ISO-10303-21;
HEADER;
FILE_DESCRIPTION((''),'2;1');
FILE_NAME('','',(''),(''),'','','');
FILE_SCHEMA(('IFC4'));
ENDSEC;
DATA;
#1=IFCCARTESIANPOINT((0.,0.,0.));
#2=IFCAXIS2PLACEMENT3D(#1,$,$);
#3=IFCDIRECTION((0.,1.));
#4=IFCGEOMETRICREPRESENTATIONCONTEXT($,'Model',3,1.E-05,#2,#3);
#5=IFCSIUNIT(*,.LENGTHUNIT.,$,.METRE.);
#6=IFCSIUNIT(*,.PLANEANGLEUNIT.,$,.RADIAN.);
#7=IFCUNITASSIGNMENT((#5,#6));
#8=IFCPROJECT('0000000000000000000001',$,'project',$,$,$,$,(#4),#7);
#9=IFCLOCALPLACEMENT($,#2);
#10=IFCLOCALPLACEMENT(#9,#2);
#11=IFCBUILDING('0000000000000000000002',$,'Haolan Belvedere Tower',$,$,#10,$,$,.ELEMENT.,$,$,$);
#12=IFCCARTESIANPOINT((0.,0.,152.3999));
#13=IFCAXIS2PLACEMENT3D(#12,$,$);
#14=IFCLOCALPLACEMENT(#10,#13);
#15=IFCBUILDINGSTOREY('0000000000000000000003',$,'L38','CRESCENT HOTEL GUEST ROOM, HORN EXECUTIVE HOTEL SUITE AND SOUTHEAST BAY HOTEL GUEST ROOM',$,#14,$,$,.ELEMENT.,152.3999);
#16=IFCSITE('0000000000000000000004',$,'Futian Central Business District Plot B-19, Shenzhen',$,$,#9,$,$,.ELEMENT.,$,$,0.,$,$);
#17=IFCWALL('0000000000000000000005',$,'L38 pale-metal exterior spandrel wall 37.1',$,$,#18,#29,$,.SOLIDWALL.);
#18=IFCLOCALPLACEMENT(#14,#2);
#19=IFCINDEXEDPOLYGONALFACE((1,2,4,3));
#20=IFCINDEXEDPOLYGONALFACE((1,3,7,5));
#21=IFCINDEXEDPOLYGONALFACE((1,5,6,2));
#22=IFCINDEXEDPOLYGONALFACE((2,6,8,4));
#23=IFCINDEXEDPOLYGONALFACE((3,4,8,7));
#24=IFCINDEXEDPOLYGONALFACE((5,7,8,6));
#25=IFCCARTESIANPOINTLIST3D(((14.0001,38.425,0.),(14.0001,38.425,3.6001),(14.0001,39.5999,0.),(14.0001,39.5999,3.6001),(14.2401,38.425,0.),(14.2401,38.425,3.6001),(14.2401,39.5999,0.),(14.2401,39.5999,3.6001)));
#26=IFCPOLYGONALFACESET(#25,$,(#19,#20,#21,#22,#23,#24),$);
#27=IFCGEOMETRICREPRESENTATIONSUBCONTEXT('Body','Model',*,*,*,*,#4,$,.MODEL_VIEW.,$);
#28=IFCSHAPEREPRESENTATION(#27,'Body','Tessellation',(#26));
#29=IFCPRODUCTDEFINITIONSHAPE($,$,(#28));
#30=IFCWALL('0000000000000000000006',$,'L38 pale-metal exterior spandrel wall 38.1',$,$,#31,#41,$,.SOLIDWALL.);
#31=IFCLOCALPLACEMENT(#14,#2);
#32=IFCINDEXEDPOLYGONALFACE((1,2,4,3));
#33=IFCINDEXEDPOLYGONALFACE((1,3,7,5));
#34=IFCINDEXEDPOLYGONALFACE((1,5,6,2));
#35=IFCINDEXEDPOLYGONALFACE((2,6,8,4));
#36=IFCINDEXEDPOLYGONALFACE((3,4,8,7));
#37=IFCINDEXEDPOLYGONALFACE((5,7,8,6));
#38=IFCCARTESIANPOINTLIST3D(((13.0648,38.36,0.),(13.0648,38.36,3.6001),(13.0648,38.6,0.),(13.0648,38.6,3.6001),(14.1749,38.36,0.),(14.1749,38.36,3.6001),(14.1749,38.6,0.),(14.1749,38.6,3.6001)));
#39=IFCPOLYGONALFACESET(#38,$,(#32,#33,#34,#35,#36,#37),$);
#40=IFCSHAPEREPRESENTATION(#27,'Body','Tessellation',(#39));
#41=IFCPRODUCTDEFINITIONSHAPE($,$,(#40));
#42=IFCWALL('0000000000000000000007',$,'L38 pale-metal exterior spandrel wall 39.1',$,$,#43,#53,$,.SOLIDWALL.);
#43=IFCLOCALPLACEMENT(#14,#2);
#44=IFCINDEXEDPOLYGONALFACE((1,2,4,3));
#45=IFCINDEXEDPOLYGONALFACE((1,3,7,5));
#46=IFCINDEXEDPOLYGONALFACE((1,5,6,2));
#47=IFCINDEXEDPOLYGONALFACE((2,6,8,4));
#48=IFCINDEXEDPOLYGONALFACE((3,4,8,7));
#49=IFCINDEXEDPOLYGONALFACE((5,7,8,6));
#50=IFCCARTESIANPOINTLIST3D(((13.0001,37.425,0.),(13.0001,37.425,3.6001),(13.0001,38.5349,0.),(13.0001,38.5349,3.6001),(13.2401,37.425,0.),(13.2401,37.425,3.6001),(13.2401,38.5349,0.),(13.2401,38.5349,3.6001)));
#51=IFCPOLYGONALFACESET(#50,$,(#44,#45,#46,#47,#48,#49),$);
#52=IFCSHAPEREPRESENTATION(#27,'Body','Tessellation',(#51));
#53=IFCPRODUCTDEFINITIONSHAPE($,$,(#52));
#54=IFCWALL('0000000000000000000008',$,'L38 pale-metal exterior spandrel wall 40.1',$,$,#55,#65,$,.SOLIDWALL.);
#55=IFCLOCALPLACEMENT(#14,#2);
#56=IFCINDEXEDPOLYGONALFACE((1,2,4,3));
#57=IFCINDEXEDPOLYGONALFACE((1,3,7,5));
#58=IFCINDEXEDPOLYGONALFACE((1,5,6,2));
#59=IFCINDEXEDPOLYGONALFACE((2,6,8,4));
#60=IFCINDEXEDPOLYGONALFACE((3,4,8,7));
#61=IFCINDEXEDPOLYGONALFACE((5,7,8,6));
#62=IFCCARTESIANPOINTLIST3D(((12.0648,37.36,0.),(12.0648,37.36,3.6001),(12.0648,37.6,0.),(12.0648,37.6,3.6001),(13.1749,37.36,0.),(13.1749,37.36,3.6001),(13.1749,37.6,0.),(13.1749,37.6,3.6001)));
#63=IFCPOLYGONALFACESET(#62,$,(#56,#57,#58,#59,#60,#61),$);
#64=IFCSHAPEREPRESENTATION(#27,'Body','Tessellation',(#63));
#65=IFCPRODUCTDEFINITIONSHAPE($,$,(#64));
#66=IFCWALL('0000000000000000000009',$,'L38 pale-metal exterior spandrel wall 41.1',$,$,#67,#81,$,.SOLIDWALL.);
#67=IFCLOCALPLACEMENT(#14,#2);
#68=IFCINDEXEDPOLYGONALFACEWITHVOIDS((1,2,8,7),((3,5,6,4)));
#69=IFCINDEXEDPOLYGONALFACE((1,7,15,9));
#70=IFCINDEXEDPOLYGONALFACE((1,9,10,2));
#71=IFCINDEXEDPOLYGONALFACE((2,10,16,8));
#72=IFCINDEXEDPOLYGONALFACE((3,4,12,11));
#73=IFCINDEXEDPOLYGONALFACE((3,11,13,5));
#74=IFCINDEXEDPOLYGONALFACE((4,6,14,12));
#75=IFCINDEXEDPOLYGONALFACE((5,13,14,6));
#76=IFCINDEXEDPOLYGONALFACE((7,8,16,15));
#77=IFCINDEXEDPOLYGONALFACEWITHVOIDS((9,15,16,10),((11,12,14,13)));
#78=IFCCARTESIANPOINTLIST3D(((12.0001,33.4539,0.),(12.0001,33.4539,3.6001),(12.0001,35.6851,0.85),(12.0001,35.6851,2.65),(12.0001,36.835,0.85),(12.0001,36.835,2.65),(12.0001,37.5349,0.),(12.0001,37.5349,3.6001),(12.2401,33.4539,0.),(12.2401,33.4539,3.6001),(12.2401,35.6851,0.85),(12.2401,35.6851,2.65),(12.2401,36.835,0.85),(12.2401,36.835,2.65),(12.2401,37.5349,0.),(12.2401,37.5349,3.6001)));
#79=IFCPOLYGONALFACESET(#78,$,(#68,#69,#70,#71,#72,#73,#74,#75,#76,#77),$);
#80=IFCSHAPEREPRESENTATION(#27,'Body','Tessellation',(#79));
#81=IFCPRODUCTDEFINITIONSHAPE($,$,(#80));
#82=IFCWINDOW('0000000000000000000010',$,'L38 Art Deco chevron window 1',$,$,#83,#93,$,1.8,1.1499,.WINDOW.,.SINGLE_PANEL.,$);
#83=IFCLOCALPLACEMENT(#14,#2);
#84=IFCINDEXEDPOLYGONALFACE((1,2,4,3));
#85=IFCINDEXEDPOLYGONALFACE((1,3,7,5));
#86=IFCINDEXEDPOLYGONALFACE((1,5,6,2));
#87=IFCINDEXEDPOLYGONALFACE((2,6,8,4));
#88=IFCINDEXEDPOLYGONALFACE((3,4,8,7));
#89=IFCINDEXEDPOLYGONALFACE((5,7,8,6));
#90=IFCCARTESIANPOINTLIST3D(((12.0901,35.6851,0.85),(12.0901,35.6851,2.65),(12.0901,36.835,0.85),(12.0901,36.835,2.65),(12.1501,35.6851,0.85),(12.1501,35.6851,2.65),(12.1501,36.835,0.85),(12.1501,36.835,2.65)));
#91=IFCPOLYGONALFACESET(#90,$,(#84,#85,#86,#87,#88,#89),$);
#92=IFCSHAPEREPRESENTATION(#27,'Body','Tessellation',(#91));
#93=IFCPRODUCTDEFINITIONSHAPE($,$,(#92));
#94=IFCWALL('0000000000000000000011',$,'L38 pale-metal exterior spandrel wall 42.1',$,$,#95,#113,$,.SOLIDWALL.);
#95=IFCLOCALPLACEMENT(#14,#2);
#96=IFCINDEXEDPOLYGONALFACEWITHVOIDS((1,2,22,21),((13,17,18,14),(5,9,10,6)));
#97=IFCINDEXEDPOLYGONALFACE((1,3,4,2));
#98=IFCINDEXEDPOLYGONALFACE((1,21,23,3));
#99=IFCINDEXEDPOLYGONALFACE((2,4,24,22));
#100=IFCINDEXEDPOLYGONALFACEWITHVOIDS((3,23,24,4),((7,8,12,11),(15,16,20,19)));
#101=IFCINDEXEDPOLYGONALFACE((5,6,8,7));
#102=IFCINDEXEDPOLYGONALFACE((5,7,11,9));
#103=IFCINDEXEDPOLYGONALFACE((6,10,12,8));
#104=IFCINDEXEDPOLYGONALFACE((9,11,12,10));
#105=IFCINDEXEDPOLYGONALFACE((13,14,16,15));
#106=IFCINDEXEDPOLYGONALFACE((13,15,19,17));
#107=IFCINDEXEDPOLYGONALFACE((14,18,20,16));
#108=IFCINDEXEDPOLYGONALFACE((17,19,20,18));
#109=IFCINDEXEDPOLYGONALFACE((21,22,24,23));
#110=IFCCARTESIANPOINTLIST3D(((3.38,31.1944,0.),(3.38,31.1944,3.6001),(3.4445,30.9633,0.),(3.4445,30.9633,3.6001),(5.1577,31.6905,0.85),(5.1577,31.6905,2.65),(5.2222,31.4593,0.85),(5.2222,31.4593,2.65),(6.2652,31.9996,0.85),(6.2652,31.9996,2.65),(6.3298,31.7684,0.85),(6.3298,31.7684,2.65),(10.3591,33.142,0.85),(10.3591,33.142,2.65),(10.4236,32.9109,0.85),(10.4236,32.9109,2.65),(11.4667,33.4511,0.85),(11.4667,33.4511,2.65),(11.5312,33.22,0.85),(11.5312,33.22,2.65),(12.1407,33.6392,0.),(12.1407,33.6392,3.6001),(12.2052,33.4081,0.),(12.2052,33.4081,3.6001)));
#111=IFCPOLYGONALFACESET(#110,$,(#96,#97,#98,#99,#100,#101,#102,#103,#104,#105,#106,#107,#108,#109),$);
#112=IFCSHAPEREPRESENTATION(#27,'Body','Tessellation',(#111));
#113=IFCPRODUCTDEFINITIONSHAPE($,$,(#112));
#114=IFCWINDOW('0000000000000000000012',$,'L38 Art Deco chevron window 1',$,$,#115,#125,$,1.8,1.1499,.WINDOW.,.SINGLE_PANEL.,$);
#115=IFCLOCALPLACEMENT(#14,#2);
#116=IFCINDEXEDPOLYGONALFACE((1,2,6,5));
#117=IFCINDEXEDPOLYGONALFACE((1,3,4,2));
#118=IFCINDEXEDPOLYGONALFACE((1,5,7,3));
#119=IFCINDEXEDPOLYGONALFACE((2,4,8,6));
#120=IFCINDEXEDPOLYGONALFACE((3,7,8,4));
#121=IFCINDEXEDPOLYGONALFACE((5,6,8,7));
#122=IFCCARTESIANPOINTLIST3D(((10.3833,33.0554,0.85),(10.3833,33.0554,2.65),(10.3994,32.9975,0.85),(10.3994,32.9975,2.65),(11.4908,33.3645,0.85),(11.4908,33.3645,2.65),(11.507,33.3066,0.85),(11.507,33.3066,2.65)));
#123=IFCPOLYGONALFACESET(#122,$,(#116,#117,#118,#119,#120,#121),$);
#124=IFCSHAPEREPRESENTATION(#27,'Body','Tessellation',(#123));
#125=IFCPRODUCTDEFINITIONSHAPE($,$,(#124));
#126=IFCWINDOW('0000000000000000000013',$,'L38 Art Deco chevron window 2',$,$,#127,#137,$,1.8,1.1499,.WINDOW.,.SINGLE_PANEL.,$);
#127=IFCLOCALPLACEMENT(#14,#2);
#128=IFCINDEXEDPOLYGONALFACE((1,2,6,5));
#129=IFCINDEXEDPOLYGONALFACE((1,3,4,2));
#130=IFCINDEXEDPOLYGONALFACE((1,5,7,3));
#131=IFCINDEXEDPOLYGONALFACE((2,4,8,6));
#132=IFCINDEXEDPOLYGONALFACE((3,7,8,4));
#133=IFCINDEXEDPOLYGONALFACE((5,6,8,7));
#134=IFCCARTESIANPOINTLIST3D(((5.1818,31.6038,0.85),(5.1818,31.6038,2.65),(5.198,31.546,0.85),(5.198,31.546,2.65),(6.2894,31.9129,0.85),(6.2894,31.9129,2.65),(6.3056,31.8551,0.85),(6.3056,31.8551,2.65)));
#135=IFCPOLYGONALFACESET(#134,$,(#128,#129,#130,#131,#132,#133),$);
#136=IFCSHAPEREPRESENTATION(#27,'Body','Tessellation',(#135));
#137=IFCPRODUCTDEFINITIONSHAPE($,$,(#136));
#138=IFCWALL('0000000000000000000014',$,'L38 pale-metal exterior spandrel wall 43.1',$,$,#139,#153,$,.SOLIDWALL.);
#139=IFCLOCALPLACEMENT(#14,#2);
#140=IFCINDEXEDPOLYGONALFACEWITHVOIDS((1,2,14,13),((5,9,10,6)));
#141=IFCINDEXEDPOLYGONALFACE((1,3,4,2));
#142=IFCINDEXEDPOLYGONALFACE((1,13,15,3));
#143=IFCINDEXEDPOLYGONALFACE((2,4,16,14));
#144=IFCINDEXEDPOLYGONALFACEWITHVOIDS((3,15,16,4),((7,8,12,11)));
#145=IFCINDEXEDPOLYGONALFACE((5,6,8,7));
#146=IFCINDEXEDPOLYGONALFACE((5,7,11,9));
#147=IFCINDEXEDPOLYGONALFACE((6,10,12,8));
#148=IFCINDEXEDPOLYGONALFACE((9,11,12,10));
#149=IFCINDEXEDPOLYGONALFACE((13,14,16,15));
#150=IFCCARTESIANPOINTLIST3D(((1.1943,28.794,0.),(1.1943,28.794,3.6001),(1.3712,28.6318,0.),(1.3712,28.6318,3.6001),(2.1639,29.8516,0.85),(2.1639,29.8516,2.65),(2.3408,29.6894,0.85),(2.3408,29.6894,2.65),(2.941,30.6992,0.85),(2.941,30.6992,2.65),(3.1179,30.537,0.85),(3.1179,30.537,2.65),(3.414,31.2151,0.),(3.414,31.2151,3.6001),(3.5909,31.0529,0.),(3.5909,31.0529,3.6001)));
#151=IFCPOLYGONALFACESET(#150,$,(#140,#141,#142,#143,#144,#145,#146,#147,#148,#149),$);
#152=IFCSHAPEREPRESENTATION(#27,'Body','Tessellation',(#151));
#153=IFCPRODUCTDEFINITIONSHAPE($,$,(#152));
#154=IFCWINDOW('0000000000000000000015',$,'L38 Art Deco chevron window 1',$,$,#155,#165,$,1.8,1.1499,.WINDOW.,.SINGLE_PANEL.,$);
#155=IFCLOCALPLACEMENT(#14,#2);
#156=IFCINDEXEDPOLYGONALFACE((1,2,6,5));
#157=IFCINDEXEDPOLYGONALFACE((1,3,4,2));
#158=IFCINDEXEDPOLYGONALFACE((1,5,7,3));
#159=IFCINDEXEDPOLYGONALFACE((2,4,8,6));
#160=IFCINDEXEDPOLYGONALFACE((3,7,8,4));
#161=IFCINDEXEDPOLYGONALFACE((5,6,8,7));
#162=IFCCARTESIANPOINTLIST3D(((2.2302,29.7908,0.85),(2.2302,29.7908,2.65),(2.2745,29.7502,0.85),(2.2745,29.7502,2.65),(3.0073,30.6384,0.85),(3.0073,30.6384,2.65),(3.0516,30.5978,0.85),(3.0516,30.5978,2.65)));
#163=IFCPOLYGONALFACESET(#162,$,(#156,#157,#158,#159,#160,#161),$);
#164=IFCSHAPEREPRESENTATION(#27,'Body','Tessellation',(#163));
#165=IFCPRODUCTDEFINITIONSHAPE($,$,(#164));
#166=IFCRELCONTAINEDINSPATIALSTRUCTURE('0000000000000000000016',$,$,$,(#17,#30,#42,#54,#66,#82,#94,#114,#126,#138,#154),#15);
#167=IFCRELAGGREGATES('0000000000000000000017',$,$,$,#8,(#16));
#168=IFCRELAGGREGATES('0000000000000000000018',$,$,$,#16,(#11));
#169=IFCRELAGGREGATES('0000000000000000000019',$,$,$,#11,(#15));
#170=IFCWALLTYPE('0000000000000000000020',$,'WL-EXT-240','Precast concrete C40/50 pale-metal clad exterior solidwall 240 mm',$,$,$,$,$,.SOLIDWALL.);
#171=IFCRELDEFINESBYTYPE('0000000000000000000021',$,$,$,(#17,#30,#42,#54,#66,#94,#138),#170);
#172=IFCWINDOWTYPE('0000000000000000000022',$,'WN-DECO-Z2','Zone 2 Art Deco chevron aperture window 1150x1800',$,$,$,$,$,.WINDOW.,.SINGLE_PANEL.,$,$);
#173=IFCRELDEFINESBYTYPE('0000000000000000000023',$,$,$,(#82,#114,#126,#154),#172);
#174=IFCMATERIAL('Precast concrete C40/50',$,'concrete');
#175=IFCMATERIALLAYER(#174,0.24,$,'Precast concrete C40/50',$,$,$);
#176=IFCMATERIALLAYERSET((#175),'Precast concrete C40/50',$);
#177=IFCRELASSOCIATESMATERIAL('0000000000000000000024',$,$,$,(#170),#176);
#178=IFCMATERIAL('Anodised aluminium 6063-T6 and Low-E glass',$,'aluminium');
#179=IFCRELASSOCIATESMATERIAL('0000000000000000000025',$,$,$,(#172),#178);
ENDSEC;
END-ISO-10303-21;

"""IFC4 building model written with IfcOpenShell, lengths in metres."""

from ifc_helpers import new_model, si_unit, direction, frame, frame_2d, origin, place, context, subcontext, project, spatial, rectangle, extrude, material, layer, layer_set, type_object, element, fill, save


model = new_model("IFC4")

# Units and contexts
model_context = context("Model", 3, precision=1e-05, world=origin(), true_north=direction((0.0, 1.0)))
body_context = subcontext(model_context, "Body", "Model", "MODEL_VIEW")
ifc_project = project(units=[si_unit("LENGTHUNIT", "METRE"), si_unit("PLANEANGLEUNIT", "RADIAN")], contexts=[model_context])

# Site, building, storey
site_placement = place(None, origin())
site = spatial("IfcSite", under=ifc_project, at=site_placement, Name="Futian Central Business District Plot B-19, Shenzhen", CompositionType="ELEMENT", RefElevation=0.0)
building_placement = place(site_placement, origin())
building = spatial("IfcBuilding", under=site, at=building_placement, Name="Haolan Belvedere Tower", CompositionType="ELEMENT")
storey_placement = place(building_placement, frame((0.0, 0.0, 152.3999)))
storey = spatial("IfcBuildingStorey", under=building, at=storey_placement, Name="L38", Description="CRESCENT HOTEL GUEST ROOM, HORN EXECUTIVE HOTEL SUITE AND SOUTHEAST BAY HOTEL GUEST ROOM", CompositionType="ELEMENT", Elevation=152.3999)

# Walls
ifc_material_1 = material(Name="Precast concrete C40/50", Category="concrete")
ifc_layer_1 = layer(ifc_material_1, 0.24, Name="Precast concrete C40/50")
ifc_layer_set_1 = layer_set([ifc_layer_1], Name="Precast concrete C40/50")
wall_type_1 = type_object("IfcWallType", Name="WL-EXT-240", Description="Precast concrete C40/50 pale-metal clad exterior solidwall 240 mm", PredefinedType="SOLIDWALL", material=ifc_layer_set_1)
wall_1_placement = place(storey_placement, frame((14.1201, 39.5999, 0.0), z_axis=(0.0, 0.0, 1.0), x_axis=(0.0, -1.0, 0.0)))
element("IfcWall", 1, at=wall_1_placement, inside=storey, type_object=wall_type_1, Name="L38 pale-metal exterior spandrel wall 37.1", PredefinedType="SOLIDWALL", context=body_context, shape_type="SweptSolid", body=[
    extrude(rectangle(XDim=1.1748, YDim=0.24, at=frame_2d((0.5874, 0.0))), origin(), (0.0, 0.0, 1.0), 3.6001),
])
wall_2_placement = place(storey_placement, frame((14.175, 38.48, 0.0), z_axis=(0.0, 0.0, 1.0), x_axis=(-1.0, 0.0, 0.0)))
element("IfcWall", 2, at=wall_2_placement, inside=storey, type_object=wall_type_1, Name="L38 pale-metal exterior spandrel wall 38.1", PredefinedType="SOLIDWALL", context=body_context, shape_type="SweptSolid", body=[
    extrude(rectangle(XDim=1.1101, YDim=0.24, at=frame_2d((0.5552, 0.0))), origin(), (0.0, 0.0, 1.0), 3.6001),
])
wall_3_placement = place(storey_placement, frame((13.1201, 38.5349, 0.0), z_axis=(0.0, 0.0, 1.0), x_axis=(0.0, -1.0, 0.0)))
element("IfcWall", 3, at=wall_3_placement, inside=storey, type_object=wall_type_1, Name="L38 pale-metal exterior spandrel wall 39.1", PredefinedType="SOLIDWALL", context=body_context, shape_type="SweptSolid", body=[
    extrude(rectangle(XDim=1.1099, YDim=0.24, at=frame_2d((0.5549, 0.0))), origin(), (0.0, 0.0, 1.0), 3.6001),
])
wall_4_placement = place(storey_placement, frame((13.175, 37.48, 0.0), z_axis=(0.0, 0.0, 1.0), x_axis=(-1.0, 0.0, 0.0)))
element("IfcWall", 4, at=wall_4_placement, inside=storey, type_object=wall_type_1, Name="L38 pale-metal exterior spandrel wall 40.1", PredefinedType="SOLIDWALL", context=body_context, shape_type="SweptSolid", body=[
    extrude(rectangle(XDim=1.1101, YDim=0.24, at=frame_2d((0.5552, 0.0))), origin(), (0.0, 0.0, 1.0), 3.6001),
])

# Wall, opening, window
wall_5_placement = place(storey_placement, frame((12.1201, 37.5349, 0.0), z_axis=(0.0, 0.0, 1.0), x_axis=(0.0, -1.0, 0.0)))
wall_5 = element("IfcWall", 5, at=wall_5_placement, inside=storey, type_object=wall_type_1, Name="L38 pale-metal exterior spandrel wall 41.1", PredefinedType="SOLIDWALL", context=body_context, shape_type="SweptSolid", body=[
    extrude(rectangle(XDim=4.0811, YDim=0.24, at=frame_2d((2.0405, 0.0))), origin(), (0.0, 0.0, 1.0), 3.6001),
])
opening_1_placement = place(wall_5_placement, frame((0.7, 0.0, 0.8501)))
opening_1 = element("IfcOpeningElement", 6, at=opening_1_placement, cuts=wall_5, PredefinedType="OPENING", context=body_context, shape_type="SweptSolid", body=[
    extrude(rectangle(XDim=1.1499, YDim=1.8, at=frame_2d((0.575, 0.8999))), frame((0.0, 0.1299, 0.0), z_axis=(0.0, -1.0, 0.0), x_axis=(1.0, 0.0, 0.0)), (0.0, 0.0, 1.0), 0.26),
])
ifc_material_2 = material(Name="Anodised aluminium 6063-T6 and Low-E glass", Category="aluminium")
window_type = type_object("IfcWindowType", Name="WN-DECO-Z2", Description="Zone 2 Art Deco chevron aperture window 1150x1800", PartitioningType="SINGLE_PANEL", PredefinedType="WINDOW", material=ifc_material_2)
window_1_placement = place(opening_1_placement, origin())
window_1 = element("IfcWindow", 7, at=window_1_placement, inside=storey, type_object=window_type, Name="L38 Art Deco chevron window 1", OverallHeight=1.8, OverallWidth=1.1499, PartitioningType="SINGLE_PANEL", PredefinedType="WINDOW", context=body_context, shape_type="SweptSolid", body=[
    extrude(rectangle(XDim=1.1499, YDim=1.8, at=frame_2d((0.575, 0.8999))), frame((0.0, 0.03, 0.0), z_axis=(0.0, -1.0, 0.0), x_axis=(1.0, 0.0, 0.0)), (0.0, 0.0, 1.0), 0.0601),
])
fill(opening_1, window_1)

# Wall, openings, windows
wall_6_placement = place(storey_placement, frame((12.1731, 33.5237, 0.0), z_axis=(0.0, 0.0, 1.0), x_axis=(-0.963197, -0.268795, 0.0)))
wall_6 = element("IfcWall", 8, at=wall_6_placement, inside=storey, type_object=wall_type_1, Name="L38 pale-metal exterior spandrel wall 42.1", PredefinedType="SOLIDWALL", context=body_context, shape_type="SweptSolid", body=[
    extrude(rectangle(XDim=9.0955, YDim=0.24, at=frame_2d((4.5479, 0.0))), origin(), (0.0, 0.0, 1.0), 3.6001),
])
opening_2_placement = place(wall_6_placement, frame((0.7, 0.0, 0.8501)))
opening_2 = element("IfcOpeningElement", 9, at=opening_2_placement, cuts=wall_6, PredefinedType="OPENING", context=body_context, shape_type="SweptSolid", body=[
    extrude(rectangle(XDim=1.1499, YDim=1.8, at=frame_2d((0.575, 0.8999))), frame((0.0, 0.1299, 0.0), z_axis=(0.0, -1.0, 0.0), x_axis=(1.0, 0.0, 0.0)), (0.0, 0.0, 1.0), 0.26),
])
opening_3_placement = place(wall_6_placement, frame((6.1001, 0.0, 0.8501)))
opening_3 = element("IfcOpeningElement", 10, at=opening_3_placement, cuts=wall_6, PredefinedType="OPENING", context=body_context, shape_type="SweptSolid", body=[
    extrude(rectangle(XDim=1.1499, YDim=1.8, at=frame_2d((0.575, 0.8999))), frame((0.0, 0.1299, 0.0), z_axis=(0.0, -1.0, 0.0), x_axis=(1.0, 0.0, 0.0)), (0.0, 0.0, 1.0), 0.26),
])
window_2_placement = place(opening_2_placement, origin())
window_2 = element("IfcWindow", 11, at=window_2_placement, inside=storey, type_object=window_type, Name="L38 Art Deco chevron window 1", OverallHeight=1.8, OverallWidth=1.1499, PartitioningType="SINGLE_PANEL", PredefinedType="WINDOW", context=body_context, shape_type="SweptSolid", body=[
    extrude(rectangle(XDim=1.1499, YDim=1.8, at=frame_2d((0.575, 0.8999))), frame((0.0, 0.03, 0.0), z_axis=(0.0, -1.0, 0.0), x_axis=(1.0, 0.0, 0.0)), (0.0, 0.0, 1.0), 0.0601),
])
fill(opening_2, window_2)
window_3_placement = place(opening_3_placement, origin())
window_3 = element("IfcWindow", 12, at=window_3_placement, inside=storey, type_object=window_type, Name="L38 Art Deco chevron window 2", OverallHeight=1.8, OverallWidth=1.1499, PartitioningType="SINGLE_PANEL", PredefinedType="WINDOW", context=body_context, shape_type="SweptSolid", body=[
    extrude(rectangle(XDim=1.1499, YDim=1.8, at=frame_2d((0.575, 0.8999))), frame((0.0, 0.03, 0.0), z_axis=(0.0, -1.0, 0.0), x_axis=(1.0, 0.0, 0.0)), (0.0, 0.0, 1.0), 0.0601),
])
fill(opening_3, window_3)

# Wall, opening, window
wall_7_placement = place(storey_placement, frame((3.5024, 31.134, 0.0), z_axis=(0.0, 0.0, 1.0), x_axis=(-0.675782, -0.737102, 0.0)))
wall_7 = element("IfcWall", 13, at=wall_7_placement, inside=storey, type_object=wall_type_1, Name="L38 pale-metal exterior spandrel wall 43.1", PredefinedType="SOLIDWALL", context=body_context, shape_type="SweptSolid", body=[
    extrude(rectangle(XDim=3.2847, YDim=0.24, at=frame_2d((1.6423, 0.0))), origin(), (0.0, 0.0, 1.0), 3.6001),
])
opening_4_placement = place(wall_7_placement, frame((0.7, 0.0, 0.8501)))
opening_4 = element("IfcOpeningElement", 14, at=opening_4_placement, cuts=wall_7, PredefinedType="OPENING", context=body_context, shape_type="SweptSolid", body=[
    extrude(rectangle(XDim=1.1499, YDim=1.8, at=frame_2d((0.575, 0.8999))), frame((0.0, 0.1299, 0.0), z_axis=(0.0, -1.0, 0.0), x_axis=(1.0, 0.0, 0.0)), (0.0, 0.0, 1.0), 0.26),
])
window_4_placement = place(opening_4_placement, origin())
window_4 = element("IfcWindow", 15, at=window_4_placement, inside=storey, type_object=window_type, Name="L38 Art Deco chevron window 1", OverallHeight=1.8, OverallWidth=1.1499, PartitioningType="SINGLE_PANEL", PredefinedType="WINDOW", context=body_context, shape_type="SweptSolid", body=[
    extrude(rectangle(XDim=1.1499, YDim=1.8, at=frame_2d((0.575, 0.8999))), frame((0.0, 0.03, 0.0), z_axis=(0.0, -1.0, 0.0), x_axis=(1.0, 0.0, 0.0)), (0.0, 0.0, 1.0), 0.0601),
])
fill(opening_4, window_4)

save(model, "model.ifc")
